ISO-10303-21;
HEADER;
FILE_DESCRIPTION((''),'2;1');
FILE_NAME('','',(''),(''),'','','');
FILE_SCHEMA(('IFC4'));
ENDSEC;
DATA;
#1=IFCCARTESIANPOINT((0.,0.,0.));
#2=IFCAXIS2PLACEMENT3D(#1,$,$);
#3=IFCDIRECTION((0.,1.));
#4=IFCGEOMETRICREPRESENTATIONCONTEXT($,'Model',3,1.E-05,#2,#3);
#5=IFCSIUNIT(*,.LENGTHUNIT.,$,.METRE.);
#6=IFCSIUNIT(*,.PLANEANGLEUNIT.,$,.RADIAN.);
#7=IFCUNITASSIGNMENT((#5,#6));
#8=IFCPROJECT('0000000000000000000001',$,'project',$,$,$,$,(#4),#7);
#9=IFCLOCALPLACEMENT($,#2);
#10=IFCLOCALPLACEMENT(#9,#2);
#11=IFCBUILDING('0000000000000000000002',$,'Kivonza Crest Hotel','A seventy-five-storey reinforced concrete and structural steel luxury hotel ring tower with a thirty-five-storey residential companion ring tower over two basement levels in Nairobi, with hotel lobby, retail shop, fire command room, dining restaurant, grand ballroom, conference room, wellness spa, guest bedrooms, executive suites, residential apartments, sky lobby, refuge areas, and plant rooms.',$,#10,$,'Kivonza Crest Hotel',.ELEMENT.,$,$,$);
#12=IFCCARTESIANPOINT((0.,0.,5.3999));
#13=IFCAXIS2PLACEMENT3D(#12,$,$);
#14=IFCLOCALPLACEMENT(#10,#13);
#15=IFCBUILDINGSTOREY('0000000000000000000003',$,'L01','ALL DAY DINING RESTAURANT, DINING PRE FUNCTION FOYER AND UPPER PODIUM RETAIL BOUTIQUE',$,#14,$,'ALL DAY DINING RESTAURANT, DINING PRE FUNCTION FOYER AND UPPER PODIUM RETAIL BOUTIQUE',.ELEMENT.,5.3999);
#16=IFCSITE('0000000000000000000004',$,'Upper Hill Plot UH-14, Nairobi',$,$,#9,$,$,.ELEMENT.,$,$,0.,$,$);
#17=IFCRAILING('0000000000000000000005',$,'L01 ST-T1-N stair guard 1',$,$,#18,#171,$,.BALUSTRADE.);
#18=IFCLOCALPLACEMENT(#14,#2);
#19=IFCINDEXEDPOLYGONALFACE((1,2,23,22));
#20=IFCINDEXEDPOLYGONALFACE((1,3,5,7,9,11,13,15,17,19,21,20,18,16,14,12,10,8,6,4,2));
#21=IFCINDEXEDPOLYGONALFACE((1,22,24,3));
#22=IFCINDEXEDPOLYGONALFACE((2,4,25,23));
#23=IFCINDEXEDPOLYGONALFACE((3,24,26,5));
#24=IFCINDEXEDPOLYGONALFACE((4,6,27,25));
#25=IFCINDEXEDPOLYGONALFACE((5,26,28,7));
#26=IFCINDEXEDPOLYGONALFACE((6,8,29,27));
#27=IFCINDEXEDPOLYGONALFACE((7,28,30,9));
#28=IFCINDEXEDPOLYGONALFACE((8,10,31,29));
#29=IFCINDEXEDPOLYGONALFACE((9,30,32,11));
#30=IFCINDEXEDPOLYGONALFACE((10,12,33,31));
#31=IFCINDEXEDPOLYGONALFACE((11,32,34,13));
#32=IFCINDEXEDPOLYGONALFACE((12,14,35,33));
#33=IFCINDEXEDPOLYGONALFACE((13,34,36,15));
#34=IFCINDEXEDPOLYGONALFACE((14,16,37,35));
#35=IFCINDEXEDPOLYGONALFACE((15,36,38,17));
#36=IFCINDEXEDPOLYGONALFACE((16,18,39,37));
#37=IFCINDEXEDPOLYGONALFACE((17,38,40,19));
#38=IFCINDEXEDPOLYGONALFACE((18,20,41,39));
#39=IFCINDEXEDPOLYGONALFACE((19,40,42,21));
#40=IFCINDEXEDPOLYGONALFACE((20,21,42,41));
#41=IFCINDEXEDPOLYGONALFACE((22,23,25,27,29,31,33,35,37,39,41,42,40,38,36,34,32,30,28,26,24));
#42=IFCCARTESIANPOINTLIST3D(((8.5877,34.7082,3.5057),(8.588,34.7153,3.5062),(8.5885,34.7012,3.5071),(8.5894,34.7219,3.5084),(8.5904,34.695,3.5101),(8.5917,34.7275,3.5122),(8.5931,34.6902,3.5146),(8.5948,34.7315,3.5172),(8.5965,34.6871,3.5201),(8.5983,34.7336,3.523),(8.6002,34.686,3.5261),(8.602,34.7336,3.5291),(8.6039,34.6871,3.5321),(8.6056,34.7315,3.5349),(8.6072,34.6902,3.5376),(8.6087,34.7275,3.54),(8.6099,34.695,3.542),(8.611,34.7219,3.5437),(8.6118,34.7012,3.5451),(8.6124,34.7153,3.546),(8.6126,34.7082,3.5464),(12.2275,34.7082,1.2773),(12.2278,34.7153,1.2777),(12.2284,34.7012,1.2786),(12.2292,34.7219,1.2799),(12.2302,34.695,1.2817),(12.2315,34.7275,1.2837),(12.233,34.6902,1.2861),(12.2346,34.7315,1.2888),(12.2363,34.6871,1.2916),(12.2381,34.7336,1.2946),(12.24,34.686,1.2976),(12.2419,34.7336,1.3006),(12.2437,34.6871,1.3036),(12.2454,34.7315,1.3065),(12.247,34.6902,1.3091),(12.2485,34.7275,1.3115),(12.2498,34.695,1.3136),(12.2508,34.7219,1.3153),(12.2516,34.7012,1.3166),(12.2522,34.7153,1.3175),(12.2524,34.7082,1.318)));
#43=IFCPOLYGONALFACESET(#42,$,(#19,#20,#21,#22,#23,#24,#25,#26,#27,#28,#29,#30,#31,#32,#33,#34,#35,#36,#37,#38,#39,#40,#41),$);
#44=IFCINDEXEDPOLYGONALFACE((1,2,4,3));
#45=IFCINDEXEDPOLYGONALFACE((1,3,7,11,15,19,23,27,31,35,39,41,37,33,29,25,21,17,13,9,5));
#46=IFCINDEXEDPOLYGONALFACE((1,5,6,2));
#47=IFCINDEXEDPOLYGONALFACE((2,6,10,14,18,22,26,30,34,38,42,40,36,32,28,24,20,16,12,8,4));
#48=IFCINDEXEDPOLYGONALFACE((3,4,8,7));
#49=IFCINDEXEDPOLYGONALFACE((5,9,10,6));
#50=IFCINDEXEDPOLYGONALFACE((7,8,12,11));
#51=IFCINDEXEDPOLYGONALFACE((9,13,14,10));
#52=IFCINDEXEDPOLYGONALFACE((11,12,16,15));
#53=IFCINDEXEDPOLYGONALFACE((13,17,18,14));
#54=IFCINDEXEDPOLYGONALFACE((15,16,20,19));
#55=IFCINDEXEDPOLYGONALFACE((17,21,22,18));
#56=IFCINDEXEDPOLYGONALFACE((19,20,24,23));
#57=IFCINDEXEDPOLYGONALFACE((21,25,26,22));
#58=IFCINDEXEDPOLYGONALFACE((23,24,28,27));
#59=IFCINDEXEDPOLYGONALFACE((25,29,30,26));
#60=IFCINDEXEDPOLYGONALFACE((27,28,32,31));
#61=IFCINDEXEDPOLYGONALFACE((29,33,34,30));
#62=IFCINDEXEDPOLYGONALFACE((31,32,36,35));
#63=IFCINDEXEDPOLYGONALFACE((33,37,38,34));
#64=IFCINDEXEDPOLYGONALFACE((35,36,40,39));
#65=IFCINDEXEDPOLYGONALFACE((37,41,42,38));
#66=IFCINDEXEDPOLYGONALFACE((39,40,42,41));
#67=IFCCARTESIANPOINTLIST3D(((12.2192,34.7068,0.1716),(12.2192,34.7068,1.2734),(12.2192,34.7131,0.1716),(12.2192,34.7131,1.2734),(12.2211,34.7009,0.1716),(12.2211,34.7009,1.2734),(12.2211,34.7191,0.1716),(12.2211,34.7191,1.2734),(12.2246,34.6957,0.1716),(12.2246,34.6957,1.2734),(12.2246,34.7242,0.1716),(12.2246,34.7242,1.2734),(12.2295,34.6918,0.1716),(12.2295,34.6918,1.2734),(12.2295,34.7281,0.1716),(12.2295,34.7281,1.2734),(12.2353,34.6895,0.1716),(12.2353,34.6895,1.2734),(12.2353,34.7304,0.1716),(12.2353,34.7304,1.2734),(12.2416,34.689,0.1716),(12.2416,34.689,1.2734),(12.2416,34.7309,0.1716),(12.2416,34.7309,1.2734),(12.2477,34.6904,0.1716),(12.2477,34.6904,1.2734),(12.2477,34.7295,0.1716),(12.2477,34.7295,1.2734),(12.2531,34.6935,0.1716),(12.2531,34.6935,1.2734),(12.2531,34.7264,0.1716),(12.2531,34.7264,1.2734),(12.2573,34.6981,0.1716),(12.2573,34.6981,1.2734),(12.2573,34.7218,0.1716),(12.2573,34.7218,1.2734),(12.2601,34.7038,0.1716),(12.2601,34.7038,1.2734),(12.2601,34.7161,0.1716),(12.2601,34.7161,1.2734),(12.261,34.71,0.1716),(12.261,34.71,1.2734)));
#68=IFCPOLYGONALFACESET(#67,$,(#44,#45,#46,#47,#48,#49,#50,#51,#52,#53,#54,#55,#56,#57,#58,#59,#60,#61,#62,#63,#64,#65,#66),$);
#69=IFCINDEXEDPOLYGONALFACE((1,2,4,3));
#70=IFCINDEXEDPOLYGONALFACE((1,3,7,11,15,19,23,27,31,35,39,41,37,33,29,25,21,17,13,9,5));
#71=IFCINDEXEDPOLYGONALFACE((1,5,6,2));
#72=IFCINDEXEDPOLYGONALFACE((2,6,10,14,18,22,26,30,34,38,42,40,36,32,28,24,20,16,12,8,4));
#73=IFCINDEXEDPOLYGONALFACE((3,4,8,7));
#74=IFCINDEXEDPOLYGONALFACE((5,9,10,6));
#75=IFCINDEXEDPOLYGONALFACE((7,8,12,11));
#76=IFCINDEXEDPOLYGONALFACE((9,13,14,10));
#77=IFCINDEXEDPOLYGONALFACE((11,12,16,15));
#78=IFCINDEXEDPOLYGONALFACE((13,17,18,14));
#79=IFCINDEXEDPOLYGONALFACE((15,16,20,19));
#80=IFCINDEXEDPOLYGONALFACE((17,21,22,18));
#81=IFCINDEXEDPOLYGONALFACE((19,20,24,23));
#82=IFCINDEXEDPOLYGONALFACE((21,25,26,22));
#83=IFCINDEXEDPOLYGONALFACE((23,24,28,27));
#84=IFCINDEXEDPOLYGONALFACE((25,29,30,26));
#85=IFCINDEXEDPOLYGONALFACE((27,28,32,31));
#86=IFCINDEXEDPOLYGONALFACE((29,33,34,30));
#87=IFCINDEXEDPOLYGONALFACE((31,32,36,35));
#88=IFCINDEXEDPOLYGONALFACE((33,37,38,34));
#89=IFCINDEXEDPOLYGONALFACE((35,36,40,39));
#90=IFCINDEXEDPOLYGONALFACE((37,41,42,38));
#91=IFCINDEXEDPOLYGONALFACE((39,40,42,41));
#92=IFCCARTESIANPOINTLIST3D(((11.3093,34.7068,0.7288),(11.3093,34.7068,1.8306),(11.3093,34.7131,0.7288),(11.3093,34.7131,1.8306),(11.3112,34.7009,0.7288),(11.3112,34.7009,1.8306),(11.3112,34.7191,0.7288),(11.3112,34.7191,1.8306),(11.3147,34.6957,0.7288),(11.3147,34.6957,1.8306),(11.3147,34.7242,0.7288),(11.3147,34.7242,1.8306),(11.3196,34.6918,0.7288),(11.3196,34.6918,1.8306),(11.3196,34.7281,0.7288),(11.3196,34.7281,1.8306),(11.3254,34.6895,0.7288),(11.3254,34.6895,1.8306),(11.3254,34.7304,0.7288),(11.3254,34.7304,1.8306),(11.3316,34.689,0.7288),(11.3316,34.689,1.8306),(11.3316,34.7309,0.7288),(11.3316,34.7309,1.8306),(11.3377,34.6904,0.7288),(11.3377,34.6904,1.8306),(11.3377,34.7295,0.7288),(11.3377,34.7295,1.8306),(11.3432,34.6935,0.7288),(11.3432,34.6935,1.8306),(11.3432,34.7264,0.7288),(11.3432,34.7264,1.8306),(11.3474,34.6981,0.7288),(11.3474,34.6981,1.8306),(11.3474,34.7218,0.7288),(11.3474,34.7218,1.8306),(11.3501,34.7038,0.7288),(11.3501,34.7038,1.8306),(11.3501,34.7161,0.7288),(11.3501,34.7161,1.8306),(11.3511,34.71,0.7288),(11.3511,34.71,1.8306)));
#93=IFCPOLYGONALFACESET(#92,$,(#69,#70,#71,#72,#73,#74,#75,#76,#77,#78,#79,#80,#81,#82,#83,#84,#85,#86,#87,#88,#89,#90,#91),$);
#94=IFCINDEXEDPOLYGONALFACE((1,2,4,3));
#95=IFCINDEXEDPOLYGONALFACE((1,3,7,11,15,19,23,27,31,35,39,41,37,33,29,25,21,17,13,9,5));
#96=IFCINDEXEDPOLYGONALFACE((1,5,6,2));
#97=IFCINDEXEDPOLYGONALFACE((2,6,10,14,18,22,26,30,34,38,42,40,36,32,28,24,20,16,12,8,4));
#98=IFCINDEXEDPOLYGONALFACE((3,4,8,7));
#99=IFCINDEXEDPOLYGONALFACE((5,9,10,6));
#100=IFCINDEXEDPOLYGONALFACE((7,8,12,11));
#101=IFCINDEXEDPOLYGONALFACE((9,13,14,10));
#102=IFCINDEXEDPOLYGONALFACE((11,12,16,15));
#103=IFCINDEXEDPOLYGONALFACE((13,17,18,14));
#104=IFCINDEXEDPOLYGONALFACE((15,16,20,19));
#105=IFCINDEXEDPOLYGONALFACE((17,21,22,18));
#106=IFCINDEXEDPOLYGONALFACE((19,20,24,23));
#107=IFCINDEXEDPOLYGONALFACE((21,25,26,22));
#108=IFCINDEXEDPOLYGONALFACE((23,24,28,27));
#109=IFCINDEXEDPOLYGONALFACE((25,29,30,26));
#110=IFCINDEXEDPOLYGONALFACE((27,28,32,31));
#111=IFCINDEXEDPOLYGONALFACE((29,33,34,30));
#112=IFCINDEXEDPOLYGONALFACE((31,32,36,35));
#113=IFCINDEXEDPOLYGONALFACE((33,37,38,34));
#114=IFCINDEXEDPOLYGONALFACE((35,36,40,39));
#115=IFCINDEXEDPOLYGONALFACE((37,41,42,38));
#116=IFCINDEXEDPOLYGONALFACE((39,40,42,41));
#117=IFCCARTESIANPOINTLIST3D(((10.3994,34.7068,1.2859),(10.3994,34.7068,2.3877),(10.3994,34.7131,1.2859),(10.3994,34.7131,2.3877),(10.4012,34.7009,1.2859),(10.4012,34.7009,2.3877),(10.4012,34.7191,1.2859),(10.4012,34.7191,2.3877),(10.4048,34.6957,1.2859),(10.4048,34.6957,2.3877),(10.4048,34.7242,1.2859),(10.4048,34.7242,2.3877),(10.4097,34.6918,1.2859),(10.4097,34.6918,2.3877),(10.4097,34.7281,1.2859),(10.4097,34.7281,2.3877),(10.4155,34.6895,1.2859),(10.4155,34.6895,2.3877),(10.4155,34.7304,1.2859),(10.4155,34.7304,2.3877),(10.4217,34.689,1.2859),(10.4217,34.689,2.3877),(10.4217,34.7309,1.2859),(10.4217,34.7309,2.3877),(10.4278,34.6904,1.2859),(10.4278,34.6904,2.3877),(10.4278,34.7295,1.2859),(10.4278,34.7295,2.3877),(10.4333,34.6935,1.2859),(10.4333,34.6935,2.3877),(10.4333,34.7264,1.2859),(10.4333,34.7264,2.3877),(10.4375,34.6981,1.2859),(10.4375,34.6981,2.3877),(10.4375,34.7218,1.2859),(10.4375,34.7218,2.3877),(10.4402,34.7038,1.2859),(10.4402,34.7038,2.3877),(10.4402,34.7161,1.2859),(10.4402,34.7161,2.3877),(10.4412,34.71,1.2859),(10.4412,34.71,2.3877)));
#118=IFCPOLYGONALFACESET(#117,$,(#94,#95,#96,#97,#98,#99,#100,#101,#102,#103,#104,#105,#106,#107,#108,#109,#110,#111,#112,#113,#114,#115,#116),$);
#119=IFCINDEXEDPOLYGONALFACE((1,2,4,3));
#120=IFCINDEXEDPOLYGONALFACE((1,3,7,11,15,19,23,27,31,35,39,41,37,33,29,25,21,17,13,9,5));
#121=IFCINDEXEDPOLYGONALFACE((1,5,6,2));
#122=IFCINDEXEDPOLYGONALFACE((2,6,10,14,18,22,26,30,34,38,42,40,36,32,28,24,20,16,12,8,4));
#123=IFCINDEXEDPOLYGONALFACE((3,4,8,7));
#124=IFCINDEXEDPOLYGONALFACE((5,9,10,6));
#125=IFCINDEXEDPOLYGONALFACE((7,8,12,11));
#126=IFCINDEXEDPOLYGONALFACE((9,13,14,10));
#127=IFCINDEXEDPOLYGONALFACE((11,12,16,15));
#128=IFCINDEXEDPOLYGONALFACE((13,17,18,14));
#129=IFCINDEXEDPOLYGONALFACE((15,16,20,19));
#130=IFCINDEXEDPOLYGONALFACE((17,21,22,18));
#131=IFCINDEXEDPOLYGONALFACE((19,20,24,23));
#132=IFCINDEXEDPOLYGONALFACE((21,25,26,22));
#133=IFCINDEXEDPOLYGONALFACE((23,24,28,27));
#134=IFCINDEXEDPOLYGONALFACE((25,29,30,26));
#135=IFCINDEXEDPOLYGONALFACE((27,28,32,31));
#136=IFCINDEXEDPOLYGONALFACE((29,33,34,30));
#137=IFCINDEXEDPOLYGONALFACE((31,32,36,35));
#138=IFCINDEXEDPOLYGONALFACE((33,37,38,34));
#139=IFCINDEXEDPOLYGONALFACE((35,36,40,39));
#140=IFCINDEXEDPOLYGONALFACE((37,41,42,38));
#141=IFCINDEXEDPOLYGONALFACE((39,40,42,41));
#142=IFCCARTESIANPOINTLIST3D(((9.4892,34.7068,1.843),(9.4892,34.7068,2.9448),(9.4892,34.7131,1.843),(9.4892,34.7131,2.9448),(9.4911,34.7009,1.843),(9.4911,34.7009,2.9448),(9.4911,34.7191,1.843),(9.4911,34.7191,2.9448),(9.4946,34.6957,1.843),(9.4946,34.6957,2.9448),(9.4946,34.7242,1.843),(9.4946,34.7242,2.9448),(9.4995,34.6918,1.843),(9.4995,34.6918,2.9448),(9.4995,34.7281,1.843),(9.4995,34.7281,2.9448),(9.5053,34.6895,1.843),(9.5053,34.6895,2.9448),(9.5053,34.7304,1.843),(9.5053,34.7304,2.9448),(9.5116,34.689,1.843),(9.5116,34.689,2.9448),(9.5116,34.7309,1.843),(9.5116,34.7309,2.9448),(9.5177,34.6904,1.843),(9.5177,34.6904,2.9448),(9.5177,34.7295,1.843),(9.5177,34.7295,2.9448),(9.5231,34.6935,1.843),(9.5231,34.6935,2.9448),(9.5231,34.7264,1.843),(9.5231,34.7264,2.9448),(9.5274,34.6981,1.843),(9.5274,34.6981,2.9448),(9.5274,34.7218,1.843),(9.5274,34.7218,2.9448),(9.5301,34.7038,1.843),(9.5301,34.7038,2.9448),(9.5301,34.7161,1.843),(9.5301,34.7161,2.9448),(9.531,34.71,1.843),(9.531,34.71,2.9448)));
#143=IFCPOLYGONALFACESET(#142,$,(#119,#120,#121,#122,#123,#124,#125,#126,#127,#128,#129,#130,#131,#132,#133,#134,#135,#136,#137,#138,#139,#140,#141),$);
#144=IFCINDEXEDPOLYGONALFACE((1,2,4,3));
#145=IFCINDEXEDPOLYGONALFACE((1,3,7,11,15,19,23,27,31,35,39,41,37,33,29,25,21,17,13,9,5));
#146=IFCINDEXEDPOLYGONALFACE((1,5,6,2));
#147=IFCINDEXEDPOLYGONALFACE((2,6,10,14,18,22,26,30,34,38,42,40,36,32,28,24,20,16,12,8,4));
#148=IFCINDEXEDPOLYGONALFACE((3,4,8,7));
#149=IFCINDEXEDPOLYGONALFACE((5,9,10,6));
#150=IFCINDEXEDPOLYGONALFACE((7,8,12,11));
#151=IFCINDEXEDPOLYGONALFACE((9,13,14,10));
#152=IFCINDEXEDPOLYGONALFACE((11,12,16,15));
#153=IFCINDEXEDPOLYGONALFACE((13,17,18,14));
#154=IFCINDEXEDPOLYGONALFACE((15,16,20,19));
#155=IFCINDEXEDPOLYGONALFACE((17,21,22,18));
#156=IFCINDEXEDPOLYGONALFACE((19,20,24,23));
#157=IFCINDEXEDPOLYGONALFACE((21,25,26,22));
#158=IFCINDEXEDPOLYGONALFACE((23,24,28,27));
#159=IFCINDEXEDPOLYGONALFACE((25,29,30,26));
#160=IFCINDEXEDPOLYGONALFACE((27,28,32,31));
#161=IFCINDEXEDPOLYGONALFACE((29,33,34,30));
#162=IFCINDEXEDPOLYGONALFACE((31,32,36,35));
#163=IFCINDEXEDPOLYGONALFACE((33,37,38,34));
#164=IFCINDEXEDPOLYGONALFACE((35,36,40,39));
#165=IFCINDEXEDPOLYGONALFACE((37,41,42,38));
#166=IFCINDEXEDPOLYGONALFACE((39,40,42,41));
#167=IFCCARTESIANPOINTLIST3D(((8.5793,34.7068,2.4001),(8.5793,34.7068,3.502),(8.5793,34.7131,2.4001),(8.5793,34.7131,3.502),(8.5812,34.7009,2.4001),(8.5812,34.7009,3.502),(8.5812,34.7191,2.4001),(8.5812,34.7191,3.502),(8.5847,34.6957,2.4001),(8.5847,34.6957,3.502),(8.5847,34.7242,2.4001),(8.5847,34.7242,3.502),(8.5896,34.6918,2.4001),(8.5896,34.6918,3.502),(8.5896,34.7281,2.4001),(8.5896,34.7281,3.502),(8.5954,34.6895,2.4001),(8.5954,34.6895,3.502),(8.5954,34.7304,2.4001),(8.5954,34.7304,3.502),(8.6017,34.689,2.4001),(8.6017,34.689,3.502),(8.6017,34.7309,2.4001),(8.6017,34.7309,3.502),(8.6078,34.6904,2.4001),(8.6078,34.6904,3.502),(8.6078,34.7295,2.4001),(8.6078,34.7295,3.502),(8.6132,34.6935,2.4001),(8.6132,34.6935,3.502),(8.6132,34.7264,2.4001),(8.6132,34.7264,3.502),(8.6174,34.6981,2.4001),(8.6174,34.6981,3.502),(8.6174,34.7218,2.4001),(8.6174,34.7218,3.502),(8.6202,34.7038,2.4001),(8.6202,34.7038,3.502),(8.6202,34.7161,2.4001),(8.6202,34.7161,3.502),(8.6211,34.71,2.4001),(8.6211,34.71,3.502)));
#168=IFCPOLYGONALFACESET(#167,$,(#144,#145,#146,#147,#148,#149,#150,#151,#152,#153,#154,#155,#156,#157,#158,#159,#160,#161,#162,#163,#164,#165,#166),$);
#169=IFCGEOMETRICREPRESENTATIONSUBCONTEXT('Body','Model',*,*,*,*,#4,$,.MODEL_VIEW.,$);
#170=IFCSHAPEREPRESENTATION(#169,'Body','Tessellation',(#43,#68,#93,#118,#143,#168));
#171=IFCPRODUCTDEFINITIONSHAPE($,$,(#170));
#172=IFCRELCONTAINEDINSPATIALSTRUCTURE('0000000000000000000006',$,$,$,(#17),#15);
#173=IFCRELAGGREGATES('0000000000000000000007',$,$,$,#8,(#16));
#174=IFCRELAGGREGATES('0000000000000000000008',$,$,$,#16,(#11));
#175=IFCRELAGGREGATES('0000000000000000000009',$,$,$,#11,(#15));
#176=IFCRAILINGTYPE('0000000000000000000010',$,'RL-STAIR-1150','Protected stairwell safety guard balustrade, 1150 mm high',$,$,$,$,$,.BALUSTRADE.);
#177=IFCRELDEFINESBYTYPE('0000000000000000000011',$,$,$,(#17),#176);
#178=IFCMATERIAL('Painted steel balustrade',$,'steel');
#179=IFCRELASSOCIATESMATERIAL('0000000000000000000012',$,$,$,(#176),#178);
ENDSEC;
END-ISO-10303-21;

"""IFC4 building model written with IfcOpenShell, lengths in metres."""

from ifc_helpers import new_model, si_unit, direction, frame, origin, origin_2d, place, context, subcontext, project, spatial, circle, extrude, material, type_object, element, save


model = new_model("IFC4")

# Units and contexts
model_context = context("Model", 3, precision=1e-05, world=origin(), true_north=direction((0.0, 1.0)))
body_context = subcontext(model_context, "Body", "Model", "MODEL_VIEW")
ifc_project = project(units=[si_unit("LENGTHUNIT", "METRE"), si_unit("PLANEANGLEUNIT", "RADIAN")], contexts=[model_context])

# Site, building, storey
site_placement = place(None, origin())
site = spatial("IfcSite", under=ifc_project, at=site_placement, Name="Upper Hill Plot UH-14, Nairobi", CompositionType="ELEMENT", RefElevation=0.0)
building_placement = place(site_placement, origin())
building = spatial("IfcBuilding", under=site, at=building_placement, Name="Kivonza Crest Hotel", Description="A seventy-five-storey reinforced concrete and structural steel luxury hotel ring tower with a thirty-five-storey residential companion ring tower over two basement levels in Nairobi, with hotel lobby, retail shop, fire command room, dining restaurant, grand ballroom, conference room, wellness spa, guest bedrooms, executive suites, residential apartments, sky lobby, refuge areas, and plant rooms.", LongName="Kivonza Crest Hotel", CompositionType="ELEMENT")
storey_placement = place(building_placement, frame((0.0, 0.0, 5.3999)))
storey = spatial("IfcBuildingStorey", under=building, at=storey_placement, Name="L01", Description="ALL DAY DINING RESTAURANT, DINING PRE FUNCTION FOYER AND UPPER PODIUM RETAIL BOUTIQUE", LongName="ALL DAY DINING RESTAURANT, DINING PRE FUNCTION FOYER AND UPPER PODIUM RETAIL BOUTIQUE", CompositionType="ELEMENT", Elevation=5.3999)

# Railing
ifc_material_1 = material(Name="Painted steel balustrade", Category="steel")
railing_type_1 = type_object("IfcRailingType", Name="RL-STAIR-1150", Description="Protected stairwell safety guard balustrade, 1150 mm high", PredefinedType="BALUSTRADE", material=ifc_material_1)
railing_1_placement = place(storey_placement, frame((12.24, 34.71, 0.1716)))
element("IfcRailing", 1, at=railing_1_placement, inside=storey, type_object=railing_type_1, Name="L01 ST-T1-N stair guard 1", PredefinedType="BALUSTRADE", context=body_context, shape_type="SweptSolid", body=[
    extrude(circle(Radius=0.0239, at=origin_2d()), frame((0.0, 0.0, 1.126), z_axis=(-0.85285, 0.0, 0.522156), x_axis=(0.0, -1.0, 0.0)), (0.0, 0.0, 1.0), 4.2678),
    extrude(circle(Radius=0.021, at=origin_2d()), origin(), (0.0, 0.0, 1.0), 1.1018),
    extrude(circle(Radius=0.021, at=origin_2d()), frame((-0.9099, 0.0, 0.5571)), (0.0, 0.0, 1.0), 1.1018),
    extrude(circle(Radius=0.021, at=origin_2d()), frame((-1.8198, 0.0, 1.1143)), (0.0, 0.0, 1.0), 1.1018),
    extrude(circle(Radius=0.021, at=origin_2d()), frame((-2.73, 0.0, 1.6714)), (0.0, 0.0, 1.0), 1.1018),
    extrude(circle(Radius=0.021, at=origin_2d()), frame((-3.6399, 0.0, 2.2285)), (0.0, 0.0, 1.0), 1.1018),
])

save(model, "model.ifc")
